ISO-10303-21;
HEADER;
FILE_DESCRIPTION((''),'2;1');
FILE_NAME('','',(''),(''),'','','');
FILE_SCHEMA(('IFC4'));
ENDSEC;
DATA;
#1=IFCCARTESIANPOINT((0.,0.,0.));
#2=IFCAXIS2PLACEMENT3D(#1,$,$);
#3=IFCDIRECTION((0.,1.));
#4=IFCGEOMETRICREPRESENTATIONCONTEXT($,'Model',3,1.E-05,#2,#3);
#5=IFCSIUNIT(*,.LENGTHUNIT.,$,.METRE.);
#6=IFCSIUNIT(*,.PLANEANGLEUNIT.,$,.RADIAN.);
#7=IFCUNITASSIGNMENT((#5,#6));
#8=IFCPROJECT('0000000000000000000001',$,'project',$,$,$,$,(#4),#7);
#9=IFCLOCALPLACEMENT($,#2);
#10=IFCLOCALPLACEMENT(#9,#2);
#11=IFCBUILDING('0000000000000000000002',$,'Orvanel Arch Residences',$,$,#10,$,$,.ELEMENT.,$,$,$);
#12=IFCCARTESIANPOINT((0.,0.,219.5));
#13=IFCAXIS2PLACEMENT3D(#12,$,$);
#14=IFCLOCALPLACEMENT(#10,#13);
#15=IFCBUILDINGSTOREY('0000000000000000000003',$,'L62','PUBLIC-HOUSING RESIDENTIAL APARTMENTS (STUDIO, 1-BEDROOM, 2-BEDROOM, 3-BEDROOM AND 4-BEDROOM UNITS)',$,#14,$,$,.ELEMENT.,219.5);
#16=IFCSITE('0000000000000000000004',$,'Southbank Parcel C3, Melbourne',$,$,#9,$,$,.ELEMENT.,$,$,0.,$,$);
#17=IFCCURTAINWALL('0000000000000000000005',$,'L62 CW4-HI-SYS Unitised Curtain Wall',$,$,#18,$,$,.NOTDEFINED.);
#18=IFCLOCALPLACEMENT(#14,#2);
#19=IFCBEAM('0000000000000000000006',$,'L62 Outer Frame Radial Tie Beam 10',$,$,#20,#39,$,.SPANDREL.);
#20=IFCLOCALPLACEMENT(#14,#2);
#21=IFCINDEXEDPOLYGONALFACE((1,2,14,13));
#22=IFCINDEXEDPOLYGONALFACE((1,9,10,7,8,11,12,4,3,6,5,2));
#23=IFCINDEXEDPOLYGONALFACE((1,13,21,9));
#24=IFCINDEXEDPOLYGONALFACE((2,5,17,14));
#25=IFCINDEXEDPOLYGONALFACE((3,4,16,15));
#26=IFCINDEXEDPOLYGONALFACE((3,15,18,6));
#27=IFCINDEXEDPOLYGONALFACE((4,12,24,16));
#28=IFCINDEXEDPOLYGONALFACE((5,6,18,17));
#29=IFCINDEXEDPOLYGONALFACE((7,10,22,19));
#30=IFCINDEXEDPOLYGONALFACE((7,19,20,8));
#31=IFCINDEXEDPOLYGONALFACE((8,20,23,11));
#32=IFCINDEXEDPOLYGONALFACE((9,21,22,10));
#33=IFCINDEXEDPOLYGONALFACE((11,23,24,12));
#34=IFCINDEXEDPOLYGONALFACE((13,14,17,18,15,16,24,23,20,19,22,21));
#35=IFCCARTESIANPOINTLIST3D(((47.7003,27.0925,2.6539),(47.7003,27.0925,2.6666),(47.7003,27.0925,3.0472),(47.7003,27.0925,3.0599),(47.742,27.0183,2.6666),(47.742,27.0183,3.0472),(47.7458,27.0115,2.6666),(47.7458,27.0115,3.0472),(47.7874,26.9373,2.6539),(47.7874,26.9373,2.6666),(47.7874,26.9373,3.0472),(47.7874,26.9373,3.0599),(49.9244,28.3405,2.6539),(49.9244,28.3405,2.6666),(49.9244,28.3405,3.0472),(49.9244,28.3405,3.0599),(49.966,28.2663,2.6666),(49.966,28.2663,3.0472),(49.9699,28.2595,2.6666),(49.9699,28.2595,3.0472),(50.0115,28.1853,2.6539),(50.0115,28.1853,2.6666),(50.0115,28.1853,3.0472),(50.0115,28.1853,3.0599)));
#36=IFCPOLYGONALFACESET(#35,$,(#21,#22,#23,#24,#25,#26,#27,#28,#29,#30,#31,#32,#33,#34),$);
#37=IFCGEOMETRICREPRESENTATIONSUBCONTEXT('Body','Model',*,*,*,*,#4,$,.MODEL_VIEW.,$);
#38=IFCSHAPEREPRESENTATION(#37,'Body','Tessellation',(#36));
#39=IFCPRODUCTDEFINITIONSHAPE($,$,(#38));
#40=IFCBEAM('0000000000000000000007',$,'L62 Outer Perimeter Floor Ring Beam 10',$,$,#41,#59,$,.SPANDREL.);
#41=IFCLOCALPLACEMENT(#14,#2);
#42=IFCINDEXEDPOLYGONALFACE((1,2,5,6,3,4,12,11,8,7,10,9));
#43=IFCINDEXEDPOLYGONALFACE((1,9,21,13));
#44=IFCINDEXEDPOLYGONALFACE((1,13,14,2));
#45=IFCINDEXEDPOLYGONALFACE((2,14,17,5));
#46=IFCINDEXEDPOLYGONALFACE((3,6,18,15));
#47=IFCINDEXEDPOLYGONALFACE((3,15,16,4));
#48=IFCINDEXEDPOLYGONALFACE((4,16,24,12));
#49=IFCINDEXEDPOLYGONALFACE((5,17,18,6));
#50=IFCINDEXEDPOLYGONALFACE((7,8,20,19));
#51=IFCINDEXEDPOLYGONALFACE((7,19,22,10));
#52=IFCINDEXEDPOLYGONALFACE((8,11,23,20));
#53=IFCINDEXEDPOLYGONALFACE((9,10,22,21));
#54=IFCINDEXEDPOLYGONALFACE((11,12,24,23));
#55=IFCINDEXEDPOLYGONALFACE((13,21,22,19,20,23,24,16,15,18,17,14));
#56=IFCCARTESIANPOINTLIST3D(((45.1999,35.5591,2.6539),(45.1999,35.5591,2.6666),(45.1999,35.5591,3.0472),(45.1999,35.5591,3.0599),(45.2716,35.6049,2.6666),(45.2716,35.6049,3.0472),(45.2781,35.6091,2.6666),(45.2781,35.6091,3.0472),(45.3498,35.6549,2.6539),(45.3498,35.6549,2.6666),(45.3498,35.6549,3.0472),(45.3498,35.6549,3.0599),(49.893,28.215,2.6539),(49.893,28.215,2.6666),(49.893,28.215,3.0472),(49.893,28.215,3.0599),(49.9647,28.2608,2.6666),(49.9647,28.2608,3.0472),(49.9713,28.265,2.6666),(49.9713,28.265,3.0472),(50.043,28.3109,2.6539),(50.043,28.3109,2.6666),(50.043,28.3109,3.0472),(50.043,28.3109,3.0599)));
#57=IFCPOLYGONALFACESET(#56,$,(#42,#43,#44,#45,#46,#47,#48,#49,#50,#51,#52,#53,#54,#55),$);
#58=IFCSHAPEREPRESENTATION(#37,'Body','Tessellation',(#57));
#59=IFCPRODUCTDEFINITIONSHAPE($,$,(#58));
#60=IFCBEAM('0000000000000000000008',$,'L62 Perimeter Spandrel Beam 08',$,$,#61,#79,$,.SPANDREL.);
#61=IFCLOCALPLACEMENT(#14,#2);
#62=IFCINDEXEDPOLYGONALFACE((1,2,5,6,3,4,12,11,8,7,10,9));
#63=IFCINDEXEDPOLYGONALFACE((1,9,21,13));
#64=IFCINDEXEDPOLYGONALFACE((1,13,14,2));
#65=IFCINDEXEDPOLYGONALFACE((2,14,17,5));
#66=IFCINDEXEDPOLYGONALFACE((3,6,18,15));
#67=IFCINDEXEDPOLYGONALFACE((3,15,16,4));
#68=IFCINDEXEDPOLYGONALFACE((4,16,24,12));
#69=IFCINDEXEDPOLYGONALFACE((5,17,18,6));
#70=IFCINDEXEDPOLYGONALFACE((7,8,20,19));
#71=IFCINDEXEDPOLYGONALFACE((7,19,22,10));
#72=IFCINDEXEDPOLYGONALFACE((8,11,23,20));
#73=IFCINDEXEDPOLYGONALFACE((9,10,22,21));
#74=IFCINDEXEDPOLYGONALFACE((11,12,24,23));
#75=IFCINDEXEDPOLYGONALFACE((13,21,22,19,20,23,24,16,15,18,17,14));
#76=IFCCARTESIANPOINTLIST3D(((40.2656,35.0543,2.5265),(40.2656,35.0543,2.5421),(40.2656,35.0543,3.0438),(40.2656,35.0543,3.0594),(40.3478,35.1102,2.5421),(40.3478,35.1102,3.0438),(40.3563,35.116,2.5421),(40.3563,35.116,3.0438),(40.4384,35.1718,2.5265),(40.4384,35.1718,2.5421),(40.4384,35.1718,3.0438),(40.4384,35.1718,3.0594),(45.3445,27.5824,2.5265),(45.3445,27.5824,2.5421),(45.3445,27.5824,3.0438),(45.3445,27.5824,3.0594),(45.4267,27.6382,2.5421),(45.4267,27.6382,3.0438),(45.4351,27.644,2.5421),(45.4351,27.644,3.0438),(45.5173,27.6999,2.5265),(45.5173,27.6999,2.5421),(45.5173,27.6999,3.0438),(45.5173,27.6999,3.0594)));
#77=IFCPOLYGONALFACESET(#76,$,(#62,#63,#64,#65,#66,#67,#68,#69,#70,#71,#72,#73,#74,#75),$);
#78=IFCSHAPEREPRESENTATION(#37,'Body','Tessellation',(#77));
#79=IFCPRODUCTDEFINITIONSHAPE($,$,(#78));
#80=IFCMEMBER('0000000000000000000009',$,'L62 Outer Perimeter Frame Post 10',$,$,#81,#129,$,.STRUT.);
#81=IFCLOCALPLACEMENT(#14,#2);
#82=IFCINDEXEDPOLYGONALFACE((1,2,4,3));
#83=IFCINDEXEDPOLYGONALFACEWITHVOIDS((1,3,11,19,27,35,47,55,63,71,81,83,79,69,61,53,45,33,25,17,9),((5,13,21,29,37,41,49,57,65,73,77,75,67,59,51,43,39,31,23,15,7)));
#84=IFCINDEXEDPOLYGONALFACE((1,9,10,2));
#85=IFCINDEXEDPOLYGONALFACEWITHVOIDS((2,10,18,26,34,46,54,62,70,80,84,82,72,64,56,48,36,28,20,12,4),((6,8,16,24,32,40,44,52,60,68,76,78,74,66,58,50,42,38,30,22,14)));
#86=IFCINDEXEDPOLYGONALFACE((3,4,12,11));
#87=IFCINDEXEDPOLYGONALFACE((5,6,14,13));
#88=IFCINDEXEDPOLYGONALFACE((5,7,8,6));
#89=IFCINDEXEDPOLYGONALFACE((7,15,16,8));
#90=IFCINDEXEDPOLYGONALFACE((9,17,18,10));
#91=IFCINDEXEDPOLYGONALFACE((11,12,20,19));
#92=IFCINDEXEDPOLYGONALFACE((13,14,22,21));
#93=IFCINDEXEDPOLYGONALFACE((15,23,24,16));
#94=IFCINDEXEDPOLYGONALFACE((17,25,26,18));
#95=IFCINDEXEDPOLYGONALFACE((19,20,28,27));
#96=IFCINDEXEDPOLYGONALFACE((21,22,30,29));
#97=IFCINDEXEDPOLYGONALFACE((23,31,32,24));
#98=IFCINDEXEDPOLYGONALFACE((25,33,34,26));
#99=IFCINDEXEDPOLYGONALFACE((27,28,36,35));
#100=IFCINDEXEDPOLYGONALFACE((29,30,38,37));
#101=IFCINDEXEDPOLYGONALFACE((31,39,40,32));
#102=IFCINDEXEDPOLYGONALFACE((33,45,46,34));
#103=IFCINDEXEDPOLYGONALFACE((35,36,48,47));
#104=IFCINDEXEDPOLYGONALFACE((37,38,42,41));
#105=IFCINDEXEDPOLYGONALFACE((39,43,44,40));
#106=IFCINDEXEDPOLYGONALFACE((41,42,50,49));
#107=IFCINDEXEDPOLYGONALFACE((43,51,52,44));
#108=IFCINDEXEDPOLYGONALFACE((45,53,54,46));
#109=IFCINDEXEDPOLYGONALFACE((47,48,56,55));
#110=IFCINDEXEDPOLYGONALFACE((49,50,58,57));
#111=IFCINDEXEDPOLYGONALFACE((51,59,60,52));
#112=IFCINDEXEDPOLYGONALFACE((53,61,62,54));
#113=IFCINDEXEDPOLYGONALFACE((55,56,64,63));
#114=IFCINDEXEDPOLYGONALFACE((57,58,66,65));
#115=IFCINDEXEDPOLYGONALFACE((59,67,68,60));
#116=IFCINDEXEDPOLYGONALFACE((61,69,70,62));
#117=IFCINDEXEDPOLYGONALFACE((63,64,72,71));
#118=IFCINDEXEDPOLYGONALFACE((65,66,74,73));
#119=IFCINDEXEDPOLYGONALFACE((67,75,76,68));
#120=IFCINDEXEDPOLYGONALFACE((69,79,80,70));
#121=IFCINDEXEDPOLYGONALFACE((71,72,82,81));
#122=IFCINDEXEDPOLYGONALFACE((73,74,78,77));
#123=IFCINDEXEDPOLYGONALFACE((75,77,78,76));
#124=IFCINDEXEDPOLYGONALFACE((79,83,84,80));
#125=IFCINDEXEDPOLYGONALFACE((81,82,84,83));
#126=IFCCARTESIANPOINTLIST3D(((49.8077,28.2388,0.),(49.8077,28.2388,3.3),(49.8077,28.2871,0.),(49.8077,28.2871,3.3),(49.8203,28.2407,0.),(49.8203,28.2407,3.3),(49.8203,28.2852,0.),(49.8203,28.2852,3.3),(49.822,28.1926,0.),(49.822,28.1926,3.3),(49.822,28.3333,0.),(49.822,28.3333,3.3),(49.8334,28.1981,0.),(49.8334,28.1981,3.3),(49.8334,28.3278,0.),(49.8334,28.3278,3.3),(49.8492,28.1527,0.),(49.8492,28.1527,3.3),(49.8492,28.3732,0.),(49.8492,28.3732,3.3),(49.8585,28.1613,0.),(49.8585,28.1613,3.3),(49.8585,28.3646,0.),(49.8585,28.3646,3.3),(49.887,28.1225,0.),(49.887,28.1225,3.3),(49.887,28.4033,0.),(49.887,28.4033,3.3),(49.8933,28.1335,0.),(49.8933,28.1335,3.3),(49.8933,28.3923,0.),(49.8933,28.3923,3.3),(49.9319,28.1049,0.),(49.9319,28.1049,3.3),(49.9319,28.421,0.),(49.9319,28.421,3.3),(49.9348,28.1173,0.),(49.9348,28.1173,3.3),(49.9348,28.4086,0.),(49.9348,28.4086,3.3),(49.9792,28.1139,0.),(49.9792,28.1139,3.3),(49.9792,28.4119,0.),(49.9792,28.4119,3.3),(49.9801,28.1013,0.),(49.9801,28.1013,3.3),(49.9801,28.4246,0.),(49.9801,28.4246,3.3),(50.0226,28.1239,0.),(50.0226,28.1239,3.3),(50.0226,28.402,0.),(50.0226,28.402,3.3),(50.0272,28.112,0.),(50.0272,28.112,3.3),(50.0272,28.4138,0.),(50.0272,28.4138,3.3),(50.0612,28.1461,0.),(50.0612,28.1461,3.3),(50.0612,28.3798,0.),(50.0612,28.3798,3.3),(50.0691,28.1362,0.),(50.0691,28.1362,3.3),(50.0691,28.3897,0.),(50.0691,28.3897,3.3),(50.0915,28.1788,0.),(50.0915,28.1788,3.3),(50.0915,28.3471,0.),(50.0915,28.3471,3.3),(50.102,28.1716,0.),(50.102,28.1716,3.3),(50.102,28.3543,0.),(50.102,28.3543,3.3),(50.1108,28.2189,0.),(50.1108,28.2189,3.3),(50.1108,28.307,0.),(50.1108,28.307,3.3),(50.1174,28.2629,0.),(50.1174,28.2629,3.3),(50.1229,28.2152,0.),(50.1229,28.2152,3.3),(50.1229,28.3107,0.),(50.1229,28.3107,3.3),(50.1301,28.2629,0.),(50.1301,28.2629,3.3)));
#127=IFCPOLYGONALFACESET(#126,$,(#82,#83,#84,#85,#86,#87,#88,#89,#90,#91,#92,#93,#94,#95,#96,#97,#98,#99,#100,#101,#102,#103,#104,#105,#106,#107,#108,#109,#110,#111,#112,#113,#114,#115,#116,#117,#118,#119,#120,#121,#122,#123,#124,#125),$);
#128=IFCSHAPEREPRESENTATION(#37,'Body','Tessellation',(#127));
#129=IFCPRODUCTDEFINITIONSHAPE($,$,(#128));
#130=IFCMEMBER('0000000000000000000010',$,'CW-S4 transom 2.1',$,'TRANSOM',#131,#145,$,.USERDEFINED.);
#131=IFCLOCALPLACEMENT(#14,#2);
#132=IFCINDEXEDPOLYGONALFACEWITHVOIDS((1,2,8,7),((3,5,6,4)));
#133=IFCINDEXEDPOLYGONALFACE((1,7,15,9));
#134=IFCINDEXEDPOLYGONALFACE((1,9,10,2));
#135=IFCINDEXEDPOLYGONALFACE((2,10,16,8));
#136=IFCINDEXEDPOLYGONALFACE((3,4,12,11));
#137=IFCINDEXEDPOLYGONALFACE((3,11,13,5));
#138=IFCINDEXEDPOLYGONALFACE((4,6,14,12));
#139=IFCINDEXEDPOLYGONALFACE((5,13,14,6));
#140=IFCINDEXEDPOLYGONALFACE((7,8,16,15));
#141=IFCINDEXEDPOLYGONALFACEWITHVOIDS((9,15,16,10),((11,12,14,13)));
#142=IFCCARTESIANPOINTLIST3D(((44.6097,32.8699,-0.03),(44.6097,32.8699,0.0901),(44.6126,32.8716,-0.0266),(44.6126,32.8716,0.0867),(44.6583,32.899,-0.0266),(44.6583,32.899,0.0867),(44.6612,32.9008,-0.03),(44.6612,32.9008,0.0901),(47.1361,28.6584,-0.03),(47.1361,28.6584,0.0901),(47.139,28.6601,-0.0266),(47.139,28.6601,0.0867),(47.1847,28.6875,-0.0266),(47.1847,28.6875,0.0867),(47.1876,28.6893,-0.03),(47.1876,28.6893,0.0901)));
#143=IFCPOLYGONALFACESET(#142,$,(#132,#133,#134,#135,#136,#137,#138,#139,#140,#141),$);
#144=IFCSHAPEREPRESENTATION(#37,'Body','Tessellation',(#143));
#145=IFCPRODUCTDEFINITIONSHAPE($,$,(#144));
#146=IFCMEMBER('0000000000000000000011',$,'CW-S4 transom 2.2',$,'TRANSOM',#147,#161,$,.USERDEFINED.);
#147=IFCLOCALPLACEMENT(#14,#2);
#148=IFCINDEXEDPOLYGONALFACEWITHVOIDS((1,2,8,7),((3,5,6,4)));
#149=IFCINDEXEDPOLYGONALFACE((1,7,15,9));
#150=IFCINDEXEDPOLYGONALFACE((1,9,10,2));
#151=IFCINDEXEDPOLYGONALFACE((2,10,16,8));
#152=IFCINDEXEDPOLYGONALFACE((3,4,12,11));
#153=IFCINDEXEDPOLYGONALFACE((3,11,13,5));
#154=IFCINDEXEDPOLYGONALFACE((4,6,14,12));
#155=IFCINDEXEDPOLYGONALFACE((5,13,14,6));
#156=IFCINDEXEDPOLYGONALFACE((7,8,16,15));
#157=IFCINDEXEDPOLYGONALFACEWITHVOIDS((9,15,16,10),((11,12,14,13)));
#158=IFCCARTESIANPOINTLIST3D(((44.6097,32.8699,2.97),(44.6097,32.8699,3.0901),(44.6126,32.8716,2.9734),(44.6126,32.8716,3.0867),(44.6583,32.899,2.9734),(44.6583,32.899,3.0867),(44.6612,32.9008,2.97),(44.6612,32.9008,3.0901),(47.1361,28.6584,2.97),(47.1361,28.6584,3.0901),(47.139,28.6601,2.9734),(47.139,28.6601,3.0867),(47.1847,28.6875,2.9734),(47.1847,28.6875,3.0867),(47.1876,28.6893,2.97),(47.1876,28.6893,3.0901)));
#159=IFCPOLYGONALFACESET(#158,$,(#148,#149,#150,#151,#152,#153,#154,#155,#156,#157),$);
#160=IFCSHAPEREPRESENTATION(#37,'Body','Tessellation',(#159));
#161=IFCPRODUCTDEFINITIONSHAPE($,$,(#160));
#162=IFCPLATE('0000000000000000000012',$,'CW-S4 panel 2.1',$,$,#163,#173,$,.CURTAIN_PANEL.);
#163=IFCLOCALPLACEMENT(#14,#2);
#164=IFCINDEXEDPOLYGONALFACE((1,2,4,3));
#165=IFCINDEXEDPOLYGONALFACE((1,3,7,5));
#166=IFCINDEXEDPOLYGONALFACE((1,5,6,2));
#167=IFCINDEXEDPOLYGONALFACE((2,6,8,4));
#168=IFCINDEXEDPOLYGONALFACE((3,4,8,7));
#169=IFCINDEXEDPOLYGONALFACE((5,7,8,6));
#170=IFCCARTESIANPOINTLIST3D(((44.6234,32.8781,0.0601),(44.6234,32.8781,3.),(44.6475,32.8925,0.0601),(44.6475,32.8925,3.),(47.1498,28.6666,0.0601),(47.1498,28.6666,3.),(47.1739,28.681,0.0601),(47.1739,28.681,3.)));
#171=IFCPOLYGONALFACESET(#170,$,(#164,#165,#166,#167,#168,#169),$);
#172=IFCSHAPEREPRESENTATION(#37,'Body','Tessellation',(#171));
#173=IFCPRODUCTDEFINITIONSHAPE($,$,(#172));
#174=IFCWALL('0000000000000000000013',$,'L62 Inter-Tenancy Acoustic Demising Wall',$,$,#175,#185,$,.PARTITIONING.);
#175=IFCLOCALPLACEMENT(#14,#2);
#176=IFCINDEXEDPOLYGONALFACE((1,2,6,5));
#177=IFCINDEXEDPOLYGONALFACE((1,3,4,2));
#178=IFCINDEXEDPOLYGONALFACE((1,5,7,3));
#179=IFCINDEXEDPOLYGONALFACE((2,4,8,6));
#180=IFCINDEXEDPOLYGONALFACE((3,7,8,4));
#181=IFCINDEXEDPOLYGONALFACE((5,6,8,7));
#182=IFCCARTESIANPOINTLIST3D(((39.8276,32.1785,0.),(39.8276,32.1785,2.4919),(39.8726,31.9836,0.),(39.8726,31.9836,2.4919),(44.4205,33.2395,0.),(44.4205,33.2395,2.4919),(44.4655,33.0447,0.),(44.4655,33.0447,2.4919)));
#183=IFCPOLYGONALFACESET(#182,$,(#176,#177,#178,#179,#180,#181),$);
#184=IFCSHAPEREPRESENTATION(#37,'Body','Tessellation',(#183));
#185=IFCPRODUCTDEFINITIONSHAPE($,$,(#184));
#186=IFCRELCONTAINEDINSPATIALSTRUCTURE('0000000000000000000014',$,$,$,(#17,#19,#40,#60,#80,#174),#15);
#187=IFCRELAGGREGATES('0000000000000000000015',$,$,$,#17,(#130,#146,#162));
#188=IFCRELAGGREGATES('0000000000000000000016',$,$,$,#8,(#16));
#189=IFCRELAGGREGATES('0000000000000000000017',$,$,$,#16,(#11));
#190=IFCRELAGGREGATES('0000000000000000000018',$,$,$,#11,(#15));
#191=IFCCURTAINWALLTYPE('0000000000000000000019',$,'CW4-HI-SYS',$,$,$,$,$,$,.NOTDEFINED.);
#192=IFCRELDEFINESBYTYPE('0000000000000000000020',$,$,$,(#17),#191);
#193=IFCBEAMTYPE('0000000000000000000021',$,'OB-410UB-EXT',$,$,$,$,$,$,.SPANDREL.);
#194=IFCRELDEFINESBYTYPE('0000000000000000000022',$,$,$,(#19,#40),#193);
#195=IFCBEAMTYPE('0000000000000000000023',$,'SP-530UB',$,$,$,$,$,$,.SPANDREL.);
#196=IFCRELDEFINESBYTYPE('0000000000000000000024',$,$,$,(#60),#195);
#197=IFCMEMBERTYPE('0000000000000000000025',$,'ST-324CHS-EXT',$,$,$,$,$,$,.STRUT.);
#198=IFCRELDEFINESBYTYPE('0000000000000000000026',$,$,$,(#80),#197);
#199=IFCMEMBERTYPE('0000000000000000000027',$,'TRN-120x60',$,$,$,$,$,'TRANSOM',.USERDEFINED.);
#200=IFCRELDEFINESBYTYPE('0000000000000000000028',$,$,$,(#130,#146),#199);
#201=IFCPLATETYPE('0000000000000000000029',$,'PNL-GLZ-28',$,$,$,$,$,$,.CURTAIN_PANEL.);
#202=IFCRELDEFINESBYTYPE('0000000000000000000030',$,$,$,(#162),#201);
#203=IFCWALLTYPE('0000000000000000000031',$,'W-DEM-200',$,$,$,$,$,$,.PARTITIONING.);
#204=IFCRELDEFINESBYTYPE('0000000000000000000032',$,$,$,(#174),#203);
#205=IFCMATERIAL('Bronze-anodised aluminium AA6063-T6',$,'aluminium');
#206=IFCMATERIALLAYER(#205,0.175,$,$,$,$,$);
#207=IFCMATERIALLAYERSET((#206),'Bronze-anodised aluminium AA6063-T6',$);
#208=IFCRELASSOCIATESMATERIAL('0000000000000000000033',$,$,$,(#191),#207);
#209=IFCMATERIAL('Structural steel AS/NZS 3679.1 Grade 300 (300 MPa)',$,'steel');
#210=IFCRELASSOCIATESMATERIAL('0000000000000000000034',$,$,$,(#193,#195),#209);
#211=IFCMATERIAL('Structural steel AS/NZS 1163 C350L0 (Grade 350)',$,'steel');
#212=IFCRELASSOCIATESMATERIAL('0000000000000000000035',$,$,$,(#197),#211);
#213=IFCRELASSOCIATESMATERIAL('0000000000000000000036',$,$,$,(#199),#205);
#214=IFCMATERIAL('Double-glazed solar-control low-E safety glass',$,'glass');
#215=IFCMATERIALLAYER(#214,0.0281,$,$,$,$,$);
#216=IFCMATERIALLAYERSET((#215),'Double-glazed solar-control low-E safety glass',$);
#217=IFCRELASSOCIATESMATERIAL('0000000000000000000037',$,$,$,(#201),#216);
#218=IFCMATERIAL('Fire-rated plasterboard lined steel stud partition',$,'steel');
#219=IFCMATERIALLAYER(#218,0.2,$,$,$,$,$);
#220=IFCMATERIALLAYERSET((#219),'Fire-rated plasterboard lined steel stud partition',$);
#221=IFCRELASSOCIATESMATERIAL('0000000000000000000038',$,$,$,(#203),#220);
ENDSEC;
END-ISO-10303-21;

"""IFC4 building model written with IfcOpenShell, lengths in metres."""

from ifc_helpers import new_model, si_unit, direction, frame, frame_2d, origin, origin_2d, place, context, subcontext, project, spatial, rectangle, hollow_rectangle, hollow_circle, i_section, extrude, material, layer, layer_set, material_profile, profile_set, type_object, element, aggregate, save


model = new_model("IFC4")

# Units and contexts
model_context = context("Model", 3, precision=1e-05, world=origin(), true_north=direction((0.0, 1.0)))
body_context = subcontext(model_context, "Body", "Model", "MODEL_VIEW")
ifc_project = project(units=[si_unit("LENGTHUNIT", "METRE"), si_unit("PLANEANGLEUNIT", "RADIAN")], contexts=[model_context])

# Site, building, storey
site_placement = place(None, origin())
site = spatial("IfcSite", under=ifc_project, at=site_placement, Name="Southbank Parcel C3, Melbourne", CompositionType="ELEMENT", RefElevation=0.0)
building_placement = place(site_placement, origin())
building = spatial("IfcBuilding", under=site, at=building_placement, Name="Orvanel Arch Residences", CompositionType="ELEMENT")
storey_placement = place(building_placement, frame((0.0, 0.0, 219.5)))
storey = spatial("IfcBuildingStorey", under=building, at=storey_placement, Name="L62", Description="PUBLIC-HOUSING RESIDENTIAL APARTMENTS (STUDIO, 1-BEDROOM, 2-BEDROOM, 3-BEDROOM AND 4-BEDROOM UNITS)", CompositionType="ELEMENT", Elevation=219.5)

# Shared definitions
ifc_material_1 = material(Name="Structural steel AS/NZS 1163 C350L0 (Grade 350)", Category="steel")

# Shared definitions
ifc_material_2 = material(Name="Structural steel AS/NZS 3679.1 Grade 300 (300 MPa)", Category="steel")

# Curtain wall
ifc_material_3 = material(Name="Bronze-anodised aluminium AA6063-T6", Category="aluminium")
ifc_layer_1 = layer(ifc_material_3, 0.175)
ifc_layer_set_1 = layer_set([ifc_layer_1], Name="Bronze-anodised aluminium AA6063-T6")
curtain_wall_type = type_object("IfcCurtainWallType", Name="CW4-HI-SYS", PredefinedType="NOTDEFINED", material=ifc_layer_set_1)
curtain_wall_1_placement = place(storey_placement, origin())
curtain_wall_1 = element("IfcCurtainWall", 1, at=curtain_wall_1_placement, inside=storey, type_object=curtain_wall_type, Name="L62 CW4-HI-SYS Unitised Curtain Wall", PredefinedType="NOTDEFINED")

# Beams
ifc_material_profile_1 = material_profile(ifc_material_2, i_section(OverallWidth=0.178, OverallDepth=0.406, WebThickness=0.0078, FlangeThickness=0.0127, at=origin_2d()), Name="410UB59.7")
ifc_profile_set_1 = profile_set([ifc_material_profile_1], Name="Structural steel AS/NZS 3679.1 Grade 300 (300 MPa)")
beam_type_1 = type_object("IfcBeamType", Name="OB-410UB-EXT", PredefinedType="SPANDREL", material=ifc_profile_set_1)
beam_1_placement = place(storey_placement, frame((47.7439, 27.0149, 2.8569), z_axis=(0.872081, 0.489361, 0.0), x_axis=(-0.489361, 0.872081, 0.0)))
element("IfcBeam", 2, at=beam_1_placement, inside=storey, type_object=beam_type_1, Name="L62 Outer Frame Radial Tie Beam 10", PredefinedType="SPANDREL", context=body_context, shape_type="SweptSolid", body=[
    extrude(i_section(OverallWidth=0.178, OverallDepth=0.406, WebThickness=0.0078, FlangeThickness=0.0127, at=origin_2d()), origin(), (0.0, 0.0, 1.0), 2.5503),
])
beam_2_placement = place(storey_placement, frame((49.968, 28.2629, 2.8569), z_axis=(-0.53848, 0.842638, 0.0), x_axis=(-0.842638, -0.53848, 0.0)))
element("IfcBeam", 3, at=beam_2_placement, inside=storey, type_object=beam_type_1, Name="L62 Outer Perimeter Floor Ring Beam 10", PredefinedType="SPANDREL", context=body_context, shape_type="SweptSolid", body=[
    extrude(i_section(OverallWidth=0.178, OverallDepth=0.406, WebThickness=0.0078, FlangeThickness=0.0127, at=origin_2d()), origin(), (0.0, 0.0, 1.0), 8.7156),
])
ifc_material_profile_2 = material_profile(ifc_material_2, i_section(OverallWidth=0.209, OverallDepth=0.533, WebThickness=0.0103, FlangeThickness=0.0156, at=origin_2d()), Name="530UB92.4")
ifc_profile_set_2 = profile_set([ifc_material_profile_2], Name="Structural steel AS/NZS 3679.1 Grade 300 (300 MPa)")
beam_type_2 = type_object("IfcBeamType", Name="SP-530UB", PredefinedType="SPANDREL", material=ifc_profile_set_2)
beam_3_placement = place(storey_placement, frame((45.4309, 27.6411, 2.793), z_axis=(-0.562155, 0.827032, 0.0), x_axis=(-0.827032, -0.562155, 0.0)))
element("IfcBeam", 4, at=beam_3_placement, inside=storey, type_object=beam_type_2, Name="L62 Perimeter Spandrel Beam 08", PredefinedType="SPANDREL", context=body_context, shape_type="SweptSolid", body=[
    extrude(i_section(OverallWidth=0.209, OverallDepth=0.533, WebThickness=0.0103, FlangeThickness=0.0156, at=origin_2d()), origin(), (0.0, 0.0, 1.0), 9.0347),
])

# Members
ifc_material_profile_3 = material_profile(ifc_material_1, hollow_circle(Radius=0.1621, WallThickness=0.0127, at=origin_2d()), Name="CHS324x12.7")
ifc_profile_set_3 = profile_set([ifc_material_profile_3], Name="Structural steel AS/NZS 1163 C350L0 (Grade 350)")
member_type_1 = type_object("IfcMemberType", Name="ST-324CHS-EXT", PredefinedType="STRUT", material=ifc_profile_set_3)
member_1_placement = place(storey_placement, frame((49.968, 28.2629, 0.0), z_axis=(0.0, 0.0, 1.0), x_axis=(1.0, 0.0, 0.0)))
element("IfcMember", 5, at=member_1_placement, inside=storey, type_object=member_type_1, Name="L62 Outer Perimeter Frame Post 10", PredefinedType="STRUT", context=body_context, shape_type="SweptSolid", body=[
    extrude(hollow_circle(Radius=0.1621, WallThickness=0.0127, at=origin_2d()), origin(), (0.0, 0.0, 1.0), 3.3),
])
ifc_material_profile_4 = material_profile(ifc_material_3, hollow_rectangle(XDim=0.0601, YDim=0.1201, WallThickness=0.0034, at=origin_2d()), Name="ALU120x60x3.5")
ifc_profile_set_4 = profile_set([ifc_material_profile_4], Name="Bronze-anodised aluminium AA6063-T6")
member_type_2 = type_object("IfcMemberType", Name="TRN-120x60", ElementType="TRANSOM", PredefinedType="USERDEFINED", material=ifc_profile_set_4)
member_2_placement = place(storey_placement, frame((47.1619, 28.6738, 0.03), z_axis=(-0.514423, 0.857537, 0.0), x_axis=(-0.857537, -0.514423, 0.0)))
member_2 = element("IfcMember", 6, at=member_2_placement, type_object=member_type_2, Name="CW-S4 transom 2.1", ObjectType="TRANSOM", PredefinedType="USERDEFINED", context=body_context, shape_type="SweptSolid", body=[
    extrude(hollow_rectangle(XDim=0.0601, YDim=0.1201, WallThickness=0.0034, at=origin_2d()), origin(), (0.0, 0.0, 1.0), 4.9111),
])
member_3_placement = place(storey_placement, frame((47.1619, 28.6738, 3.03), z_axis=(-0.514423, 0.857537, 0.0), x_axis=(-0.857537, -0.514423, 0.0)))
member_3 = element("IfcMember", 7, at=member_3_placement, type_object=member_type_2, Name="CW-S4 transom 2.2", ObjectType="TRANSOM", PredefinedType="USERDEFINED", context=body_context, shape_type="SweptSolid", body=[
    extrude(hollow_rectangle(XDim=0.0601, YDim=0.1201, WallThickness=0.0034, at=origin_2d()), origin(), (0.0, 0.0, 1.0), 4.9111),
])

# Plate
ifc_material_4 = material(Name="Double-glazed solar-control low-E safety glass", Category="glass")
ifc_layer_2 = layer(ifc_material_4, 0.0281)
ifc_layer_set_2 = layer_set([ifc_layer_2], Name="Double-glazed solar-control low-E safety glass")
plate_type = type_object("IfcPlateType", Name="PNL-GLZ-28", PredefinedType="CURTAIN_PANEL", material=ifc_layer_set_2)
plate_placement = place(storey_placement, frame((45.8987, 30.7795, 0.0601), z_axis=(0.0, 0.0, 1.0), x_axis=(-0.514422, 0.857537, 0.0)))
plate = element("IfcPlate", 8, at=plate_placement, type_object=plate_type, Name="CW-S4 panel 2.1", PredefinedType="CURTAIN_PANEL", context=body_context, shape_type="SweptSolid", body=[
    extrude(rectangle(XDim=4.9111, YDim=0.0281, at=origin_2d()), origin(), (0.0, 0.0, 1.0), 2.9399),
])
aggregate(curtain_wall_1, [member_2, member_3, plate])

# Wall
ifc_material_5 = material(Name="Fire-rated plasterboard lined steel stud partition", Category="steel")
ifc_layer_3 = layer(ifc_material_5, 0.2)
ifc_layer_set_3 = layer_set([ifc_layer_3], Name="Fire-rated plasterboard lined steel stud partition")
wall_type_1 = type_object("IfcWallType", Name="W-DEM-200", PredefinedType="PARTITIONING", material=ifc_layer_set_3)
wall_1_placement = place(storey_placement, frame((39.8501, 32.0811, 0.0), z_axis=(0.0, 0.0, 1.0), x_axis=(0.97434, 0.225083, 0.0)))
element("IfcWall", 9, at=wall_1_placement, inside=storey, type_object=wall_type_1, Name="L62 Inter-Tenancy Acoustic Demising Wall", PredefinedType="PARTITIONING", context=body_context, shape_type="SweptSolid", body=[
    extrude(rectangle(XDim=4.7139, YDim=0.2, at=frame_2d((2.3569, 0.0))), origin(), (0.0, 0.0, 1.0), 2.4919),
])

save(model, "model.ifc")
